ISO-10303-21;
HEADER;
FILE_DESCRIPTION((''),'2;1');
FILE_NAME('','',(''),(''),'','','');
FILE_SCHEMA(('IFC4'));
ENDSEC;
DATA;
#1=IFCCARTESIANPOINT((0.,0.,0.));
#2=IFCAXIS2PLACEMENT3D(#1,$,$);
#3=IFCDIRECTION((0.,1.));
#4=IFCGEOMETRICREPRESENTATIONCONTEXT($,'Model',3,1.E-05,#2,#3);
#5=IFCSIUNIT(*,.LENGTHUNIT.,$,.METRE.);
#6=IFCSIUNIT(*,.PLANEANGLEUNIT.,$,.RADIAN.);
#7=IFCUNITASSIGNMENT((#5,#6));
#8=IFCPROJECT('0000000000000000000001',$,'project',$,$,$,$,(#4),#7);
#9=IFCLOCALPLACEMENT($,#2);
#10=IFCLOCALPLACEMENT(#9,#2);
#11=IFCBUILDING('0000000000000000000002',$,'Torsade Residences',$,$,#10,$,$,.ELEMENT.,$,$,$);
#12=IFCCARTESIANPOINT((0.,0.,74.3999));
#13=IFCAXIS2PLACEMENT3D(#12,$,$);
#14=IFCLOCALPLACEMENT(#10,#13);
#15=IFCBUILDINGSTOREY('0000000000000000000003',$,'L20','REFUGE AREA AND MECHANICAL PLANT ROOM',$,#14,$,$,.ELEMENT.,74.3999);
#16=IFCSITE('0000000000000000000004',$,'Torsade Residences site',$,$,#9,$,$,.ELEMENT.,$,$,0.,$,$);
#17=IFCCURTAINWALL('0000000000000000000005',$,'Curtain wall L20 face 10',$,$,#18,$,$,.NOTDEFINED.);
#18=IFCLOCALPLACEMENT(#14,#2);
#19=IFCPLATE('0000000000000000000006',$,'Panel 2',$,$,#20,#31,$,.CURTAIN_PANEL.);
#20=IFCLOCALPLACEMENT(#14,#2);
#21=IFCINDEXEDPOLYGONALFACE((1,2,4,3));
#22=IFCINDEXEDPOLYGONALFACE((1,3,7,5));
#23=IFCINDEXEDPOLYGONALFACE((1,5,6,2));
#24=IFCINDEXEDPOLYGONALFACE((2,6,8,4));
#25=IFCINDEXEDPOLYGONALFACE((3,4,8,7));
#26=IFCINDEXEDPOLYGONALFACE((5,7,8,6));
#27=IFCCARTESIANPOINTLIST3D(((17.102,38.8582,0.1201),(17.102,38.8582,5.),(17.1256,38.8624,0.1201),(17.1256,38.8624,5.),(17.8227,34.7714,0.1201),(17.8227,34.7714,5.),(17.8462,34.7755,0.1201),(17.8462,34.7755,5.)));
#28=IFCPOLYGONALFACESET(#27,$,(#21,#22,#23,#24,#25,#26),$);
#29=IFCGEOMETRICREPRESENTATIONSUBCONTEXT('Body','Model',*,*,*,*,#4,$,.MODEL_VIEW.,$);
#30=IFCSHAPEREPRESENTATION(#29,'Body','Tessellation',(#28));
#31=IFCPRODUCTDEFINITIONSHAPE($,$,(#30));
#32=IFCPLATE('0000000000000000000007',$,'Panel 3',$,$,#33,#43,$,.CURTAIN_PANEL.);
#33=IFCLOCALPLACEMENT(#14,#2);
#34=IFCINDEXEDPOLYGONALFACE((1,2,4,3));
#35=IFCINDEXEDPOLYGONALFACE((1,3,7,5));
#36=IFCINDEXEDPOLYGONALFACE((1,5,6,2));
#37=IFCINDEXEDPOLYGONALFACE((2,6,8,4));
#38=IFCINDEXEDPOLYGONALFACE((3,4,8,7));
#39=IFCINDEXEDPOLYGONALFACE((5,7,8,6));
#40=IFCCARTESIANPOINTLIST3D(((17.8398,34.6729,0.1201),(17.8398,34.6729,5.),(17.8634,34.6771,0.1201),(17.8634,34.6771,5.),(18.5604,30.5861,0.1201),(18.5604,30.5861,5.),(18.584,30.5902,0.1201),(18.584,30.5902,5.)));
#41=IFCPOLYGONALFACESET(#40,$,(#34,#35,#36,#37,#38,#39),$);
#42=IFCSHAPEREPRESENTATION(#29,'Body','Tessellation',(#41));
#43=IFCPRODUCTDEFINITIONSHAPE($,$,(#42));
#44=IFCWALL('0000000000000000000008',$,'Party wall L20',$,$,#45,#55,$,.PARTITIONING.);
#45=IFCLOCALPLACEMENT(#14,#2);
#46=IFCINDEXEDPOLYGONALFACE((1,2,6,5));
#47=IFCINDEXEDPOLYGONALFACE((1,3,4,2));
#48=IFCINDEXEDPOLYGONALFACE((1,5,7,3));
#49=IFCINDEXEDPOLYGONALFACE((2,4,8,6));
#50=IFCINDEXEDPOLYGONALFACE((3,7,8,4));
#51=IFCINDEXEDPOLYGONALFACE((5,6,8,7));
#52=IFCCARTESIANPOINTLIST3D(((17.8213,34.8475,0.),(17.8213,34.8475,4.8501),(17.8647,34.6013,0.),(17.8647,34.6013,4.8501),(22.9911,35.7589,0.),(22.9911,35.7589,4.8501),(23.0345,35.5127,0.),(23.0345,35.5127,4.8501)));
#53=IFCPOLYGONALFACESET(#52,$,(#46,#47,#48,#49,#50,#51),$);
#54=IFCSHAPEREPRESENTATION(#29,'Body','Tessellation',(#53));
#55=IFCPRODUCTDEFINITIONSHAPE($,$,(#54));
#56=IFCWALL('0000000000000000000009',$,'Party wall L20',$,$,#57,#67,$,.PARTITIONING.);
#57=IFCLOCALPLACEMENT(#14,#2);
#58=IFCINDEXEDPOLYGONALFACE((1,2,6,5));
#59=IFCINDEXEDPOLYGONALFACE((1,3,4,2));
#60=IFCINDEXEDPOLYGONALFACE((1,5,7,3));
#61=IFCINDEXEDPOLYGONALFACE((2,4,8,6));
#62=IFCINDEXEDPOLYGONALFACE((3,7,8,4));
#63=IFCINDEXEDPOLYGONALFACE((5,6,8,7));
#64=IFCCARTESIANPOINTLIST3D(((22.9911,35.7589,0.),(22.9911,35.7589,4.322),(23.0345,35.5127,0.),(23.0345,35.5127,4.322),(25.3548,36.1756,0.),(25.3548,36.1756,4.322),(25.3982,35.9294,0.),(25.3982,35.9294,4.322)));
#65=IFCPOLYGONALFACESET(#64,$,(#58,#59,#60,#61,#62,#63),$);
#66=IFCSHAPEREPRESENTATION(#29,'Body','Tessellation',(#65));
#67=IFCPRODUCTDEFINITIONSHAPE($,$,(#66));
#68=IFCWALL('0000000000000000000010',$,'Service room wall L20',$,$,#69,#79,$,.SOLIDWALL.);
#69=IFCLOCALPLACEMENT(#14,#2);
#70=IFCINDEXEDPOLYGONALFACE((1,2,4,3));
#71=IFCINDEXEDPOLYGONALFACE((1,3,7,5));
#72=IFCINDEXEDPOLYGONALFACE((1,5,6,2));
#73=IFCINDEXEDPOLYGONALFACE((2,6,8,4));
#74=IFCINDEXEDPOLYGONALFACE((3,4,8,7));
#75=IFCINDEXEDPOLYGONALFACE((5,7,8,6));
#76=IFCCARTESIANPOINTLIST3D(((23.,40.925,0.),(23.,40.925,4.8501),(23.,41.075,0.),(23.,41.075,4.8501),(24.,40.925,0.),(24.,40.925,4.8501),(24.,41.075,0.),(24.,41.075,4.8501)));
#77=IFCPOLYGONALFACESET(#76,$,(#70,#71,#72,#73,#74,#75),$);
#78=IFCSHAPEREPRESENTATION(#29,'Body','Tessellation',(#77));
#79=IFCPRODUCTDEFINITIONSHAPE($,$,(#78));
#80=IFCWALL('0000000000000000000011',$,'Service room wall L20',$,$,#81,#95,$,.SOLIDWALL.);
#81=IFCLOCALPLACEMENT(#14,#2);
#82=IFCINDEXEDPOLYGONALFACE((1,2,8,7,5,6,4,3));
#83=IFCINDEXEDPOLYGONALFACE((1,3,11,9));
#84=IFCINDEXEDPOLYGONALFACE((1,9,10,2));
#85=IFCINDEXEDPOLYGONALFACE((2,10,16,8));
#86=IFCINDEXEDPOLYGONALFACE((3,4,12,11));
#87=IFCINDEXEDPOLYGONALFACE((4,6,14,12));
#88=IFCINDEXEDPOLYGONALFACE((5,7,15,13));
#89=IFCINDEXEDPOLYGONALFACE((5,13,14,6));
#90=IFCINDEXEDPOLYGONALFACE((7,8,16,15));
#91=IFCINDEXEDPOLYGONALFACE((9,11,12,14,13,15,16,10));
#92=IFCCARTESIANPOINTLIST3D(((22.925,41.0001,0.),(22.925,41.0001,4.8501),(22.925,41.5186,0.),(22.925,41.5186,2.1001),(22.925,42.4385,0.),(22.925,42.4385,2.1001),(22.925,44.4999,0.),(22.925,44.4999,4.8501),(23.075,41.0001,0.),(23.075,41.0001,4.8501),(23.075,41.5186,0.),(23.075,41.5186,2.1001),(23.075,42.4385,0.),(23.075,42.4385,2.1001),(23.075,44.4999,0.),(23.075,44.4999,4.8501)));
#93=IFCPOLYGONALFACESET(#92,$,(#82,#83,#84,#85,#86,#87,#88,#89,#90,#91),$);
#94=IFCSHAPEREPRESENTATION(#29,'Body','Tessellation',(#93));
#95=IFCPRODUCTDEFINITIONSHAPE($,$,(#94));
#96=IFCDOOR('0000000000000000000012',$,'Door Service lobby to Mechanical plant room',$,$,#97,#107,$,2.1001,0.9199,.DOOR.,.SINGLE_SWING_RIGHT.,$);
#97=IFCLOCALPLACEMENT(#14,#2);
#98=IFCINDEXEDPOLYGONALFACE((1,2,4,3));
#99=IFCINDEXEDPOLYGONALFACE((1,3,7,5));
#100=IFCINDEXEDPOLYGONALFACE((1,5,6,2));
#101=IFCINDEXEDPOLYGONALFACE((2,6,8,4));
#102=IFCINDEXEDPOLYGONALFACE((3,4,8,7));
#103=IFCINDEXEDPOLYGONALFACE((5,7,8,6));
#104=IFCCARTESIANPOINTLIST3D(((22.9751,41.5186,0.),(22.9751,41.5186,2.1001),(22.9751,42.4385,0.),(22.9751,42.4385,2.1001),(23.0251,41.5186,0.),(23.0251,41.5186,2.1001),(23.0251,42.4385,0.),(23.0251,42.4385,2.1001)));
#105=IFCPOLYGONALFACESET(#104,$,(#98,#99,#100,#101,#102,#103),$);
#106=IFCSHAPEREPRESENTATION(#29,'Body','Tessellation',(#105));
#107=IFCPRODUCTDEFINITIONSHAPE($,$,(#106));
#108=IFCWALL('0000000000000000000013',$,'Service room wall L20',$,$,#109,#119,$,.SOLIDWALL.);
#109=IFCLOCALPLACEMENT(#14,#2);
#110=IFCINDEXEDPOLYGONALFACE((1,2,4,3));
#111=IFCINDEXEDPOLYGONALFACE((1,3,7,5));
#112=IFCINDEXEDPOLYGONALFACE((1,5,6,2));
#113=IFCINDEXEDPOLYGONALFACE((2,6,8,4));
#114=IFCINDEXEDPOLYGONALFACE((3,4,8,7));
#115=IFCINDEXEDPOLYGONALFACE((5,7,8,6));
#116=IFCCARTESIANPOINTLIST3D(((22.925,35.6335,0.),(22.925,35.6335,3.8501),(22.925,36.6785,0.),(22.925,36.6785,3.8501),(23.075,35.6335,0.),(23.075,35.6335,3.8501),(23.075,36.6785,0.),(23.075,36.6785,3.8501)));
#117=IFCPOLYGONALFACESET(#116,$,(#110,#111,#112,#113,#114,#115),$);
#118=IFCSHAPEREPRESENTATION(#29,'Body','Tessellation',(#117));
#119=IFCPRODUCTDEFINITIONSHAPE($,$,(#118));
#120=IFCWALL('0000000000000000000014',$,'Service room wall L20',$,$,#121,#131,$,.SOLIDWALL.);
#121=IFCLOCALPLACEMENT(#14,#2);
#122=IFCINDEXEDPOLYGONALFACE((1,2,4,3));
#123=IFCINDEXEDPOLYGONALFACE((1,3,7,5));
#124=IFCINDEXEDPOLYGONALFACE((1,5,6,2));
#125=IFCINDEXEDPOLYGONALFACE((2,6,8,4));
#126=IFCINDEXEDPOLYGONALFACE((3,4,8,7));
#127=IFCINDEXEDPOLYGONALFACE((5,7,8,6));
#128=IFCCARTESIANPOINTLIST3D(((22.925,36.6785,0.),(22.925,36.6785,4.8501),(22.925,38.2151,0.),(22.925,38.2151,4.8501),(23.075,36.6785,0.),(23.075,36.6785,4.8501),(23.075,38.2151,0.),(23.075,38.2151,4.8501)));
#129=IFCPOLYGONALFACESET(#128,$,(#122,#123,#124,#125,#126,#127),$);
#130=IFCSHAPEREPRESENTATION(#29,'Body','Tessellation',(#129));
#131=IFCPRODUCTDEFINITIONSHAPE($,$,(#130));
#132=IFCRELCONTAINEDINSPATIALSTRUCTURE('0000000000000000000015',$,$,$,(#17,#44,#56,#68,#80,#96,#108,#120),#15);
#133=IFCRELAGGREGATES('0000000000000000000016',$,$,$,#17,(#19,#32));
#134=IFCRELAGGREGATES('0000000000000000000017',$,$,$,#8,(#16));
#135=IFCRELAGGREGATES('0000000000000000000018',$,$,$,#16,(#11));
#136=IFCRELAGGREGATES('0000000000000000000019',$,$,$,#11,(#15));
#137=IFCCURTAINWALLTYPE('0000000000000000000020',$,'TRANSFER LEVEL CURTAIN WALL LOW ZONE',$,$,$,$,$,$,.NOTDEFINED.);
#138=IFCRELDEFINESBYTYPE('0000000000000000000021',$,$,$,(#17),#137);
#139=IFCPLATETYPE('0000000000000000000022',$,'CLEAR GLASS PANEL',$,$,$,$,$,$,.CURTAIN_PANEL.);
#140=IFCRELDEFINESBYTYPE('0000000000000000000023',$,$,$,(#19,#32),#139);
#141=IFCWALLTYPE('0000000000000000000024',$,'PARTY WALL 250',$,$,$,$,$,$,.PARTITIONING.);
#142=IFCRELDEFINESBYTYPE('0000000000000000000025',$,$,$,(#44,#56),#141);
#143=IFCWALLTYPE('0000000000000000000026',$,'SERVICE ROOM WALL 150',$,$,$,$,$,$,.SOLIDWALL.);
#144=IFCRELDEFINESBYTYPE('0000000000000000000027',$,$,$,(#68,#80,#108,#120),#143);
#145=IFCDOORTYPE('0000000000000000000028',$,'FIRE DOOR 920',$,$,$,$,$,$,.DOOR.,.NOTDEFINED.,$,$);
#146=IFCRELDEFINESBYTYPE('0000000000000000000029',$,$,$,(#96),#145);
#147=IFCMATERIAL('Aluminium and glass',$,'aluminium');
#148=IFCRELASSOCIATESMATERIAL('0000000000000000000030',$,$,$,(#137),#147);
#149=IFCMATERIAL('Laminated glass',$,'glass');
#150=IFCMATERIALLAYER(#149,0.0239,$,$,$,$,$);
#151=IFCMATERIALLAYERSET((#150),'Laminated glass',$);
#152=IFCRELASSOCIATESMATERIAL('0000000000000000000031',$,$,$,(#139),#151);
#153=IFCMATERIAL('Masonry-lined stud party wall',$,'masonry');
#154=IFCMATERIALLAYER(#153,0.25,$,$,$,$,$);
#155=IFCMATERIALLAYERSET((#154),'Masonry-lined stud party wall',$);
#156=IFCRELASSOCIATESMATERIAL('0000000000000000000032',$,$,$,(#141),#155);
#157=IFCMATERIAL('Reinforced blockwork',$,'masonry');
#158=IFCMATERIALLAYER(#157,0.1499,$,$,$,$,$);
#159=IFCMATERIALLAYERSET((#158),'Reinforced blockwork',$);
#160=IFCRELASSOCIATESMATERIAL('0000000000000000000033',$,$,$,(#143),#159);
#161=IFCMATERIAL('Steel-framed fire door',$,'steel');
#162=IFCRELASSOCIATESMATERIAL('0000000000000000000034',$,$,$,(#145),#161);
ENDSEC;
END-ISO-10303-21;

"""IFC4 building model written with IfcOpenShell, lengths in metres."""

from ifc_helpers import new_model, si_unit, direction, frame, frame_2d, origin, origin_2d, place, context, subcontext, project, spatial, rectangle, extrude, material, layer, layer_set, type_object, element, fill, aggregate, save


model = new_model("IFC4")

# Units and contexts
model_context = context("Model", 3, precision=1e-05, world=origin(), true_north=direction((0.0, 1.0)))
body_context = subcontext(model_context, "Body", "Model", "MODEL_VIEW")
ifc_project = project(units=[si_unit("LENGTHUNIT", "METRE"), si_unit("PLANEANGLEUNIT", "RADIAN")], contexts=[model_context])

# Site, building, storey
site_placement = place(None, origin())
site = spatial("IfcSite", under=ifc_project, at=site_placement, Name="Torsade Residences site", CompositionType="ELEMENT", RefElevation=0.0)
building_placement = place(site_placement, origin())
building = spatial("IfcBuilding", under=site, at=building_placement, Name="Torsade Residences", CompositionType="ELEMENT")
storey_placement = place(building_placement, frame((0.0, 0.0, 74.3999)))
storey = spatial("IfcBuildingStorey", under=building, at=storey_placement, Name="L20", Description="REFUGE AREA AND MECHANICAL PLANT ROOM", CompositionType="ELEMENT", Elevation=74.3999)

# Curtain wall
ifc_material_1 = material(Name="Aluminium and glass", Category="aluminium")
curtain_wall_type = type_object("IfcCurtainWallType", Name="TRANSFER LEVEL CURTAIN WALL LOW ZONE", PredefinedType="NOTDEFINED", material=ifc_material_1)
curtain_wall_placement = place(storey_placement, origin())
curtain_wall = element("IfcCurtainWall", 1, at=curtain_wall_placement, inside=storey, type_object=curtain_wall_type, Name="Curtain wall L20 face 10", PredefinedType="NOTDEFINED")

# Plates
ifc_material_2 = material(Name="Laminated glass", Category="glass")
ifc_layer_1 = layer(ifc_material_2, 0.0239)
ifc_layer_set_1 = layer_set([ifc_layer_1], Name="Laminated glass")
plate_type = type_object("IfcPlateType", Name="CLEAR GLASS PANEL", PredefinedType="CURTAIN_PANEL", material=ifc_layer_set_1)
plate_1_placement = place(storey_placement, frame((17.4741, 36.8169, 0.1201), z_axis=(0.0, 0.0, 1.0), x_axis=(0.173648, -0.984808, 0.0)))
plate_1 = element("IfcPlate", 2, at=plate_1_placement, type_object=plate_type, Name="Panel 2", PredefinedType="CURTAIN_PANEL", context=body_context, shape_type="SweptSolid", body=[
    extrude(rectangle(XDim=4.1499, YDim=0.0239, at=origin_2d()), origin(), (0.0, 0.0, 1.0), 4.8799),
])
plate_2_placement = place(storey_placement, frame((18.2119, 32.6316, 0.1201), z_axis=(0.0, 0.0, 1.0), x_axis=(0.173648, -0.984808, 0.0)))
plate_2 = element("IfcPlate", 3, at=plate_2_placement, type_object=plate_type, Name="Panel 3", PredefinedType="CURTAIN_PANEL", context=body_context, shape_type="SweptSolid", body=[
    extrude(rectangle(XDim=4.1499, YDim=0.0239, at=origin_2d()), origin(), (0.0, 0.0, 1.0), 4.8799),
])
aggregate(curtain_wall, [plate_1, plate_2])

# Walls
ifc_material_3 = material(Name="Masonry-lined stud party wall", Category="masonry")
ifc_layer_2 = layer(ifc_material_3, 0.25)
ifc_layer_set_2 = layer_set([ifc_layer_2], Name="Masonry-lined stud party wall")
wall_type_1 = type_object("IfcWallType", Name="PARTY WALL 250", PredefinedType="PARTITIONING", material=ifc_layer_set_2)
wall_1_placement = place(storey_placement, frame((17.843, 34.7244, 0.0), z_axis=(0.0, 0.0, 1.0), x_axis=(0.984814, 0.173616, 0.0)))
element("IfcWall", 4, at=wall_1_placement, inside=storey, type_object=wall_type_1, Name="Party wall L20", PredefinedType="PARTITIONING", context=body_context, shape_type="SweptSolid", body=[
    extrude(rectangle(XDim=5.2495, YDim=0.25, at=frame_2d((2.6248, 0.0))), origin(), (0.0, 0.0, 1.0), 4.8501),
])
wall_2_placement = place(storey_placement, frame((23.0127, 35.6357, 0.0), z_axis=(0.0, 0.0, 1.0), x_axis=(0.984811, 0.173629, 0.0)))
element("IfcWall", 5, at=wall_2_placement, inside=storey, type_object=wall_type_1, Name="Party wall L20", PredefinedType="PARTITIONING", context=body_context, shape_type="SweptSolid", body=[
    extrude(rectangle(XDim=2.4001, YDim=0.25, at=frame_2d((1.2002, 0.0))), origin(), (0.0, 0.0, 1.0), 4.322),
])
ifc_material_4 = material(Name="Reinforced blockwork", Category="masonry")
ifc_layer_3 = layer(ifc_material_4, 0.1499)
ifc_layer_set_3 = layer_set([ifc_layer_3], Name="Reinforced blockwork")
wall_type_2 = type_object("IfcWallType", Name="SERVICE ROOM WALL 150", PredefinedType="SOLIDWALL", material=ifc_layer_set_3)
wall_3_placement = place(storey_placement, frame((24.0, 41.0, 0.0), z_axis=(0.0, 0.0, 1.0), x_axis=(-1.0, 0.0, 0.0)))
element("IfcWall", 6, at=wall_3_placement, inside=storey, type_object=wall_type_2, Name="Service room wall L20", PredefinedType="SOLIDWALL", context=body_context, shape_type="SweptSolid", body=[
    extrude(rectangle(XDim=1.0, YDim=0.1499, at=frame_2d((0.5, 0.0))), origin(), (0.0, 0.0, 1.0), 4.8501),
])

# Wall, opening, door
wall_4_placement = place(storey_placement, frame((23.0, 41.0, 0.0), z_axis=(0.0, 0.0, 1.0), x_axis=(0.0, 1.0, 0.0)))
wall_4 = element("IfcWall", 7, at=wall_4_placement, inside=storey, type_object=wall_type_2, Name="Service room wall L20", PredefinedType="SOLIDWALL", context=body_context, shape_type="SweptSolid", body=[
    extrude(rectangle(XDim=3.4998, YDim=0.1499, at=frame_2d((1.75, 0.0))), origin(), (0.0, 0.0, 1.0), 4.8501),
])
opening_placement = place(wall_4_placement, frame((0.5186, 0.0, 0.0)))
opening = element("IfcOpeningElement", 8, at=opening_placement, cuts=wall_4, PredefinedType="OPENING", context=body_context, shape_type="SweptSolid", body=[
    extrude(rectangle(XDim=0.9199, YDim=2.1001, at=frame_2d((0.46, 1.05))), frame((0.0, 0.085, 0.0), z_axis=(0.0, -1.0, 0.0), x_axis=(1.0, 0.0, 0.0)), (0.0, 0.0, 1.0), 0.1699),
])
ifc_material_5 = material(Name="Steel-framed fire door", Category="steel")
door_type = type_object("IfcDoorType", Name="FIRE DOOR 920", OperationType="NOTDEFINED", PredefinedType="DOOR", material=ifc_material_5)
door_placement = place(opening_placement, origin())
door = element("IfcDoor", 9, at=door_placement, inside=storey, type_object=door_type, Name="Door Service lobby to Mechanical plant room", OperationType="SINGLE_SWING_RIGHT", OverallHeight=2.1001, OverallWidth=0.9199, PredefinedType="DOOR", context=body_context, shape_type="SweptSolid", body=[
    extrude(rectangle(XDim=0.9199, YDim=2.1001, at=frame_2d((0.46, 1.05))), frame((0.0, 0.0249, 0.0), z_axis=(0.0, -1.0, 0.0), x_axis=(1.0, 0.0, 0.0)), (0.0, 0.0, 1.0), 0.05),
])
fill(opening, door)

# Walls
wall_5_placement = place(storey_placement, frame((23.0, 35.6335, 0.0), z_axis=(0.0, 0.0, 1.0), x_axis=(0.0, 1.0, 0.0)))
element("IfcWall", 10, at=wall_5_placement, inside=storey, type_object=wall_type_2, Name="Service room wall L20", PredefinedType="SOLIDWALL", context=body_context, shape_type="SweptSolid", body=[
    extrude(rectangle(XDim=1.0449, YDim=0.1499, at=frame_2d((0.5225, 0.0))), origin(), (0.0, 0.0, 1.0), 3.8501),
])
wall_6_placement = place(storey_placement, frame((23.0, 36.6785, 0.0), z_axis=(0.0, 0.0, 1.0), x_axis=(0.0, 1.0, 0.0)))
element("IfcWall", 11, at=wall_6_placement, inside=storey, type_object=wall_type_2, Name="Service room wall L20", PredefinedType="SOLIDWALL", context=body_context, shape_type="SweptSolid", body=[
    extrude(rectangle(XDim=1.5366, YDim=0.1499, at=frame_2d((0.7683, 0.0))), origin(), (0.0, 0.0, 1.0), 4.8501),
])

save(model, "model.ifc")
